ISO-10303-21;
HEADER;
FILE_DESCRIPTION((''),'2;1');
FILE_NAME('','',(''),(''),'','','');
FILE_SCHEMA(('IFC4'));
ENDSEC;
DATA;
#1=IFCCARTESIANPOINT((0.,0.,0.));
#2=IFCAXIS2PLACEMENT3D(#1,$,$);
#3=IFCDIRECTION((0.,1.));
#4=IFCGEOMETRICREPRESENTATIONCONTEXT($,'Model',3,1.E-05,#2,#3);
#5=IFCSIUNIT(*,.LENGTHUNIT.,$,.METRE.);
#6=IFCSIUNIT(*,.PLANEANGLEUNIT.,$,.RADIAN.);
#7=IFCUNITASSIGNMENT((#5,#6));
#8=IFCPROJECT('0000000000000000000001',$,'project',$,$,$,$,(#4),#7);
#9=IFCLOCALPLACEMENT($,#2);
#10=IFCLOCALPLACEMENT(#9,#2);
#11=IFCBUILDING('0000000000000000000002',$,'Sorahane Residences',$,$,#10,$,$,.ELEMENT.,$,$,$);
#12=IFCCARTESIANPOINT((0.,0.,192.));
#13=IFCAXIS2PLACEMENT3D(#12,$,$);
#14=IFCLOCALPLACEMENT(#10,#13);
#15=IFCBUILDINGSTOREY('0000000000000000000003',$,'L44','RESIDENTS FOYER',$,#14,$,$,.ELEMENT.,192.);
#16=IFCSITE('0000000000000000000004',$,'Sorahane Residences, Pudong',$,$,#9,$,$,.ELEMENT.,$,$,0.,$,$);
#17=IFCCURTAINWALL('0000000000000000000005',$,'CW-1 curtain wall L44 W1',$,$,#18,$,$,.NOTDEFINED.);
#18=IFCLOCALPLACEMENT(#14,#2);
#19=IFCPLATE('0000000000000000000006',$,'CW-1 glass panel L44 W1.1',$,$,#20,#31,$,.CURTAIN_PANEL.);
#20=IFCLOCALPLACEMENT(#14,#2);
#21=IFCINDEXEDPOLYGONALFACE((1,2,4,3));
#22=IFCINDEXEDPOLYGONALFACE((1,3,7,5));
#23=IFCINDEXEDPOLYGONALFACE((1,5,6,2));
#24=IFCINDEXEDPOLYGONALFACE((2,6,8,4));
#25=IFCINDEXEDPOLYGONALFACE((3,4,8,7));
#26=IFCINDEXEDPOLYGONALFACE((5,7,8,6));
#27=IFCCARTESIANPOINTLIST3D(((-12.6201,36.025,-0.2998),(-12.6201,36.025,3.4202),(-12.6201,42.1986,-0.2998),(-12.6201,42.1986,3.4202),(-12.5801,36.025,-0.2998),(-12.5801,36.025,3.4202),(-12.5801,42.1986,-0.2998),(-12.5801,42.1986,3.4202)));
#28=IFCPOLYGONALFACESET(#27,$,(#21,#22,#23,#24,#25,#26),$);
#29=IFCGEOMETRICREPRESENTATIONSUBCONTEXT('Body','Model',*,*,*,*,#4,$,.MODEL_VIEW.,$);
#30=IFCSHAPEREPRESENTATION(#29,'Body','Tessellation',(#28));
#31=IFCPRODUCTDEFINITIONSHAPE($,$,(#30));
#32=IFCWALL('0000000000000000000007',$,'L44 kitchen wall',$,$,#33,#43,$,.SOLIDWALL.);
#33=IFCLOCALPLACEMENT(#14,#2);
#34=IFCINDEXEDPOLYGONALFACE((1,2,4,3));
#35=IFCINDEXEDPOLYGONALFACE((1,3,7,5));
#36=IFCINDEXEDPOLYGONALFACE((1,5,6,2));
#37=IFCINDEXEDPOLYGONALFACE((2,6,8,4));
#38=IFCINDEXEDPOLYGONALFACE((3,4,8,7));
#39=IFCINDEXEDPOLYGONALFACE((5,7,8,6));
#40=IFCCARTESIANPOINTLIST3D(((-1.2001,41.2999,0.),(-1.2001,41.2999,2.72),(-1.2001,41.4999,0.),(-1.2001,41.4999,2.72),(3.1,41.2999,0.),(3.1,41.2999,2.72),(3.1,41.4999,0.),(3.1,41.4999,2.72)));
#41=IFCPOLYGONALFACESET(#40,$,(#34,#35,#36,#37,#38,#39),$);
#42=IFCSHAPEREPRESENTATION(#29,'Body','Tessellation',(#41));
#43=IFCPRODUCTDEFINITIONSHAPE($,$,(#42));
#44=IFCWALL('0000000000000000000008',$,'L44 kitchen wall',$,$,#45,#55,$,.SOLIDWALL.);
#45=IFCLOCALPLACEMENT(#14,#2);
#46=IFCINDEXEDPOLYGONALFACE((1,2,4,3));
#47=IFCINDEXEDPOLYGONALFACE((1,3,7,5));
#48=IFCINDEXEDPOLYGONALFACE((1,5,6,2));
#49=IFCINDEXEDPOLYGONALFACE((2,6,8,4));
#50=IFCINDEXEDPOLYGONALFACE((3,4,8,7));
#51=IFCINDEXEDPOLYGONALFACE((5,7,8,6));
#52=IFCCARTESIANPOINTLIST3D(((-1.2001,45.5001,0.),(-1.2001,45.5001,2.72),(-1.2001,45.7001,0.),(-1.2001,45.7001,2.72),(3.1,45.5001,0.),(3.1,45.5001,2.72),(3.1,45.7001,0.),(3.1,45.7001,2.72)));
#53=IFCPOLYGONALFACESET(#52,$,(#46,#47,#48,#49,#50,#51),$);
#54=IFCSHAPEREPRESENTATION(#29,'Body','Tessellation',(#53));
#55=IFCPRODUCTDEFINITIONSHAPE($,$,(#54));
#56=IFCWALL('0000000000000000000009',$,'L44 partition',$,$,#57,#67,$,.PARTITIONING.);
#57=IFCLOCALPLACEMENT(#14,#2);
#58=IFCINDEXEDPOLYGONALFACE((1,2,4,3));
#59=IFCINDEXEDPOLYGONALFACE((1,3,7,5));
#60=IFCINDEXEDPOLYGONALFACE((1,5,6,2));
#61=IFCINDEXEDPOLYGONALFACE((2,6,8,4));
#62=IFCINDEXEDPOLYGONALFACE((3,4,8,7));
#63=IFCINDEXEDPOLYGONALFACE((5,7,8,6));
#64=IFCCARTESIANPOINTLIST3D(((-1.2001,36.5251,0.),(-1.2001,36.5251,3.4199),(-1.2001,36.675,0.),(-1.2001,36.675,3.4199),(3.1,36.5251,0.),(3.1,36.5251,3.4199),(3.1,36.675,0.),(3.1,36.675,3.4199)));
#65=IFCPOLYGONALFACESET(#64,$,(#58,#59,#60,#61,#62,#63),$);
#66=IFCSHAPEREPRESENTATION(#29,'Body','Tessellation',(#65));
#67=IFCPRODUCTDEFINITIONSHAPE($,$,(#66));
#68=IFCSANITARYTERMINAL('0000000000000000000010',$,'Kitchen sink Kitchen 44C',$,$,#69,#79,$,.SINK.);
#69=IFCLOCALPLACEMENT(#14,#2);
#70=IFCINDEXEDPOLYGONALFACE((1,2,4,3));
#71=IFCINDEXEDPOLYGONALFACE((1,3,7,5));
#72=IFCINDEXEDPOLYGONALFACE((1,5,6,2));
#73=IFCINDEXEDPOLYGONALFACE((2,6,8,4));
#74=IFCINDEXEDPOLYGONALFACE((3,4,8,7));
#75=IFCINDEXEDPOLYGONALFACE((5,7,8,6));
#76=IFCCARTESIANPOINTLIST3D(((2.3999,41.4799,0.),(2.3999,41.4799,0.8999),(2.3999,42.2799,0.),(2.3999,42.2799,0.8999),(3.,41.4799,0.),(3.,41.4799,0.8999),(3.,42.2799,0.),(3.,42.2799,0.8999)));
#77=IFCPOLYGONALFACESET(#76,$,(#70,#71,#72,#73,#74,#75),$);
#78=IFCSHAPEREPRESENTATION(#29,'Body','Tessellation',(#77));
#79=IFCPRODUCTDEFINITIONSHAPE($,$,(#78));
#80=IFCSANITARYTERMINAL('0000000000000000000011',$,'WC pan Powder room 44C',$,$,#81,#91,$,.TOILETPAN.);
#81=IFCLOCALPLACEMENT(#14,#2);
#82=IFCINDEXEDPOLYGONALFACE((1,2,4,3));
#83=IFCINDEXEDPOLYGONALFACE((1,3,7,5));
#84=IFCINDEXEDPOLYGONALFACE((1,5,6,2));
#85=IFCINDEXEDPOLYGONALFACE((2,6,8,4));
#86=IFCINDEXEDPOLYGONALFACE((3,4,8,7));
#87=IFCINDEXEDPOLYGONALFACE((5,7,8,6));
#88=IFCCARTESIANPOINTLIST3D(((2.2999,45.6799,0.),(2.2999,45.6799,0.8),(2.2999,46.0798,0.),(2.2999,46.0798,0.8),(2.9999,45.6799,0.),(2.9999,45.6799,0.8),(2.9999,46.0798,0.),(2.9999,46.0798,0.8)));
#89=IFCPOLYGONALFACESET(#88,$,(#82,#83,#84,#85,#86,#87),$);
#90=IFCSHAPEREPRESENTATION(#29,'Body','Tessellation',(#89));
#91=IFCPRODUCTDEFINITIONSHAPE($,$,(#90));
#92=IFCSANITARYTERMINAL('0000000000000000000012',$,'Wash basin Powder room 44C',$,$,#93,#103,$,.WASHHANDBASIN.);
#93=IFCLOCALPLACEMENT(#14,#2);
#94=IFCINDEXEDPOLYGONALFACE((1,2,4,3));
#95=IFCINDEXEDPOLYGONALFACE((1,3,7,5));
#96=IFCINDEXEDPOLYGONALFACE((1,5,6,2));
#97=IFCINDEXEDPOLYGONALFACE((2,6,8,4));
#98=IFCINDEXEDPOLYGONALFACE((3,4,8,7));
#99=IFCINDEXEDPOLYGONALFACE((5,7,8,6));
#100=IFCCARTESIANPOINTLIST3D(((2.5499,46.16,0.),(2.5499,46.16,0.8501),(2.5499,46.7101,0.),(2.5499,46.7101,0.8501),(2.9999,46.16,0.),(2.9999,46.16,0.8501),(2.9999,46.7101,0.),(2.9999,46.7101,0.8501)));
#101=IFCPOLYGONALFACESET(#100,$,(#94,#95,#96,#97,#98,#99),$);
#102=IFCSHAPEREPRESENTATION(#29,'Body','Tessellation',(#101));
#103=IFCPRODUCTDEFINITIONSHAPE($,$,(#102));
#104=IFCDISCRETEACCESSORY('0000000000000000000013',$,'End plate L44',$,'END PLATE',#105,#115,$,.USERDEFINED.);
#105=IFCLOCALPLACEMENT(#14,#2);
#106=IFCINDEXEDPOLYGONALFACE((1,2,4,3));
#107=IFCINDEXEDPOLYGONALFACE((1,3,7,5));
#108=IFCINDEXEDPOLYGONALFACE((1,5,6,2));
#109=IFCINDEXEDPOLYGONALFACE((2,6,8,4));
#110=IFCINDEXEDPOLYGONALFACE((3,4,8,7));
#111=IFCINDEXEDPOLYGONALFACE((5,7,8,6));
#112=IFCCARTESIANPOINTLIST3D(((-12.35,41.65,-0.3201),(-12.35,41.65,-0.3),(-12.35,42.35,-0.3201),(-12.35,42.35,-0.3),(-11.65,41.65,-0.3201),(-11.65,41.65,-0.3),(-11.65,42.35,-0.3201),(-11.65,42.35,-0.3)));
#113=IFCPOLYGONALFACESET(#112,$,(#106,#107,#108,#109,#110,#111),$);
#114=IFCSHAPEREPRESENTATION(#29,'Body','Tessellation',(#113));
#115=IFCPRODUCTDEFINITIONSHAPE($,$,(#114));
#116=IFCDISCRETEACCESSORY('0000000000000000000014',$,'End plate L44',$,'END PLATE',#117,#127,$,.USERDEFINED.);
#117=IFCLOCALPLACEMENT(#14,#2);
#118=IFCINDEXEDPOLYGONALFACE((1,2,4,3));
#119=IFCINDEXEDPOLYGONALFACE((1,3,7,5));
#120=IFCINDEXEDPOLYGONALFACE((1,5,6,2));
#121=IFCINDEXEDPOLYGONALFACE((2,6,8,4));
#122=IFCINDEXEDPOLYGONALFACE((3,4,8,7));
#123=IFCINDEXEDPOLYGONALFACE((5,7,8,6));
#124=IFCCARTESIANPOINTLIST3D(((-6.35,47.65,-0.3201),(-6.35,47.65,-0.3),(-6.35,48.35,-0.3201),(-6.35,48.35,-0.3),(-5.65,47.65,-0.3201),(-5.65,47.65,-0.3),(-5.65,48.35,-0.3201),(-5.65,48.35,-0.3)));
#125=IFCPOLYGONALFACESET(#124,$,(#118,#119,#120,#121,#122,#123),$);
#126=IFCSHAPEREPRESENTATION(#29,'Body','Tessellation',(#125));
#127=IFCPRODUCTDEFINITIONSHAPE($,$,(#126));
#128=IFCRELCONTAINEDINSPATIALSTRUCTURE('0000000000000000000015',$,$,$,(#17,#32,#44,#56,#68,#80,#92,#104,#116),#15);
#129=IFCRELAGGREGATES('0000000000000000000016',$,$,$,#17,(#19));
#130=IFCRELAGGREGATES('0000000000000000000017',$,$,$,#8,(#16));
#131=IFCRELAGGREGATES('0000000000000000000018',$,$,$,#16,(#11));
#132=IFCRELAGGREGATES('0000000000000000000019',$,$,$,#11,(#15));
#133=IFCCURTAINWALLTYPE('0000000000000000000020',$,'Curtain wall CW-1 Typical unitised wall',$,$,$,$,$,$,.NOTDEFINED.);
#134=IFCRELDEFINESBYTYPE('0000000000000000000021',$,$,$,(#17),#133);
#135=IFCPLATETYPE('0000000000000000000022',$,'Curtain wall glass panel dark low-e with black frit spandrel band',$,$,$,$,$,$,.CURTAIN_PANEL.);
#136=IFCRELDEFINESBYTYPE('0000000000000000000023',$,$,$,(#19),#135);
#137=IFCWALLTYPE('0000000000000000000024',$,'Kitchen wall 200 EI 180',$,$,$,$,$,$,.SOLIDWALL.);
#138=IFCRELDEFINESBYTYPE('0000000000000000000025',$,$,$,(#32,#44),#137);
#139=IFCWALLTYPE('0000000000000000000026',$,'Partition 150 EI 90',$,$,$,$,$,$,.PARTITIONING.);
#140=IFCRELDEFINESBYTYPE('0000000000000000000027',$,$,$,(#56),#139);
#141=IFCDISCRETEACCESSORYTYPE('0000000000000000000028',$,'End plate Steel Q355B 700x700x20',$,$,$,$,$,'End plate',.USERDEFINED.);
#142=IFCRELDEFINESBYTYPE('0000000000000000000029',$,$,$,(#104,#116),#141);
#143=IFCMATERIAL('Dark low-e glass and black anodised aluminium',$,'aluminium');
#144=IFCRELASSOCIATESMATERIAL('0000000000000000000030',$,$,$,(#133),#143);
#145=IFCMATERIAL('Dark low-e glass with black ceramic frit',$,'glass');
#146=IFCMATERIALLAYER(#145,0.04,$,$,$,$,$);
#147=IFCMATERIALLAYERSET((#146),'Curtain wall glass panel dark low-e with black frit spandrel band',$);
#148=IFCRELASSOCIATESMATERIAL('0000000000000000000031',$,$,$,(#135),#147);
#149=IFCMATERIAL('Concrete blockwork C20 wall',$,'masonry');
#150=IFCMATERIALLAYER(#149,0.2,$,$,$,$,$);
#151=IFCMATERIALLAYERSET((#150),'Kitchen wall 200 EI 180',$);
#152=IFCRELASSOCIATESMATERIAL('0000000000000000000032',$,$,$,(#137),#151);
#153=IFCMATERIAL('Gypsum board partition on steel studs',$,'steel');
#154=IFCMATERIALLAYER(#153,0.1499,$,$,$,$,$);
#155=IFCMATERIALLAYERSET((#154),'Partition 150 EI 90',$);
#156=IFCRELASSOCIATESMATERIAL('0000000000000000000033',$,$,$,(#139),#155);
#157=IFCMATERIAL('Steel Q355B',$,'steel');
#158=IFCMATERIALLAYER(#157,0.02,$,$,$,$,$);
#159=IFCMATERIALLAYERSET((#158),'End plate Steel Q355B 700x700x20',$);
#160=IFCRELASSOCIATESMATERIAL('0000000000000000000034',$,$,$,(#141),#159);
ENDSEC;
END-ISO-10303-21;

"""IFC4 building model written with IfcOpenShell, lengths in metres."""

from ifc_helpers import new_model, si_unit, direction, frame, frame_2d, origin, origin_2d, place, context, subcontext, project, spatial, rectangle, extrude, material, layer, layer_set, type_object, element, aggregate, save


model = new_model("IFC4")

# Units and contexts
model_context = context("Model", 3, precision=1e-05, world=origin(), true_north=direction((0.0, 1.0)))
body_context = subcontext(model_context, "Body", "Model", "MODEL_VIEW")
ifc_project = project(units=[si_unit("LENGTHUNIT", "METRE"), si_unit("PLANEANGLEUNIT", "RADIAN")], contexts=[model_context])

# Site, building, storey
site_placement = place(None, origin())
site = spatial("IfcSite", under=ifc_project, at=site_placement, Name="Sorahane Residences, Pudong", CompositionType="ELEMENT", RefElevation=0.0)
building_placement = place(site_placement, origin())
building = spatial("IfcBuilding", under=site, at=building_placement, Name="Sorahane Residences", CompositionType="ELEMENT")
storey_placement = place(building_placement, frame((0.0, 0.0, 192.0)))
storey = spatial("IfcBuildingStorey", under=building, at=storey_placement, Name="L44", Description="RESIDENTS FOYER", CompositionType="ELEMENT", Elevation=192.0)

# Shared definitions
ifc_material_1 = material(Name="Dark low-e glass and black anodised aluminium", Category="aluminium")
curtain_wall_type_1 = type_object("IfcCurtainWallType", Name="Curtain wall CW-1 Typical unitised wall", PredefinedType="NOTDEFINED", material=ifc_material_1)

# Curtain wall
curtain_wall_1_placement = place(storey_placement, origin())
curtain_wall_1 = element("IfcCurtainWall", 1, at=curtain_wall_1_placement, inside=storey, type_object=curtain_wall_type_1, Name="CW-1 curtain wall L44 W1", PredefinedType="NOTDEFINED")

# Plate
ifc_material_2 = material(Name="Dark low-e glass with black ceramic frit", Category="glass")
ifc_layer_1 = layer(ifc_material_2, 0.04)
ifc_layer_set_1 = layer_set([ifc_layer_1], Name="Curtain wall glass panel dark low-e with black frit spandrel band")
plate_type = type_object("IfcPlateType", Name="Curtain wall glass panel dark low-e with black frit spandrel band", PredefinedType="CURTAIN_PANEL", material=ifc_layer_set_1)
plate_1_placement = place(storey_placement, frame((-12.6001, 39.1118, -0.2998), z_axis=(0.0, 0.0, 1.0), x_axis=(0.0, -1.0, 0.0)))
plate_1 = element("IfcPlate", 2, at=plate_1_placement, type_object=plate_type, Name="CW-1 glass panel L44 W1.1", PredefinedType="CURTAIN_PANEL", context=body_context, shape_type="SweptSolid", body=[
    extrude(rectangle(XDim=6.1736, YDim=0.04, at=origin_2d()), origin(), (0.0, 0.0, 1.0), 3.72),
])
aggregate(curtain_wall_1, [plate_1])

# Shared definitions
ifc_material_3 = material(Name="Concrete blockwork C20 wall", Category="masonry")
ifc_layer_2 = layer(ifc_material_3, 0.2)
ifc_layer_set_2 = layer_set([ifc_layer_2], Name="Kitchen wall 200 EI 180")
wall_type_1 = type_object("IfcWallType", Name="Kitchen wall 200 EI 180", PredefinedType="SOLIDWALL", material=ifc_layer_set_2)

# Walls
for number, where, z_axis, x_axis, name in (
    (3, (-1.2, 41.3999, 0.0), (0.0, 0.0, 1.0), (1.0, 0.0, 0.0), "L44 kitchen wall"),
    (4, (-1.2, 45.6001, 0.0), (0.0, 0.0, 1.0), (1.0, 0.0, 0.0), "L44 kitchen wall"),
):
    element("IfcWall", number, at=place(storey_placement, frame(where, z_axis=z_axis, x_axis=x_axis)), inside=storey, type_object=wall_type_1, Name=name, PredefinedType="SOLIDWALL", context=body_context, shape_type="SweptSolid", body=[
        extrude(rectangle(XDim=4.3, YDim=0.2, at=frame_2d((2.1499, 0.0))), origin(), (0.0, 0.0, 1.0), 2.72),
    ])
ifc_material_4 = material(Name="Gypsum board partition on steel studs", Category="steel")
ifc_layer_3 = layer(ifc_material_4, 0.1499)
ifc_layer_set_3 = layer_set([ifc_layer_3], Name="Partition 150 EI 90")
wall_type_2 = type_object("IfcWallType", Name="Partition 150 EI 90", PredefinedType="PARTITIONING", material=ifc_layer_set_3)
wall_1_placement = place(storey_placement, frame((-1.2, 36.6001, 0.0), z_axis=(0.0, 0.0, 1.0), x_axis=(1.0, 0.0, 0.0)))
element("IfcWall", 5, at=wall_1_placement, inside=storey, type_object=wall_type_2, Name="L44 partition", PredefinedType="PARTITIONING", context=body_context, shape_type="SweptSolid", body=[
    extrude(rectangle(XDim=4.3, YDim=0.1499, at=frame_2d((2.1499, 0.0))), origin(), (0.0, 0.0, 1.0), 3.4199),
])

# Sanitary terminals
sanitary_terminal_1_placement = place(storey_placement, frame((2.7, 41.8799, 0.0), z_axis=(0.0, 0.0, 1.0), x_axis=(0.0, -1.0, 0.0)))
element("IfcSanitaryTerminal", 6, at=sanitary_terminal_1_placement, inside=storey, Name="Kitchen sink Kitchen 44C", PredefinedType="SINK", context=body_context, shape_type="SweptSolid", body=[
    extrude(rectangle(XDim=0.8, YDim=0.6001, at=origin_2d()), origin(), (0.0, 0.0, 1.0), 0.8999),
])
sanitary_terminal_2_placement = place(storey_placement, frame((2.6499, 45.8799, 0.0), z_axis=(0.0, 0.0, 1.0), x_axis=(0.0, -1.0, 0.0)))
element("IfcSanitaryTerminal", 7, at=sanitary_terminal_2_placement, inside=storey, Name="WC pan Powder room 44C", PredefinedType="TOILETPAN", context=body_context, shape_type="SweptSolid", body=[
    extrude(rectangle(XDim=0.3999, YDim=0.7, at=origin_2d()), origin(), (0.0, 0.0, 1.0), 0.8),
])
sanitary_terminal_3_placement = place(storey_placement, frame((2.7749, 46.4351, 0.0), z_axis=(0.0, 0.0, 1.0), x_axis=(0.0, -1.0, 0.0)))
element("IfcSanitaryTerminal", 8, at=sanitary_terminal_3_placement, inside=storey, Name="Wash basin Powder room 44C", PredefinedType="WASHHANDBASIN", context=body_context, shape_type="SweptSolid", body=[
    extrude(rectangle(XDim=0.55, YDim=0.45, at=origin_2d()), origin(), (0.0, 0.0, 1.0), 0.8501),
])

# Discrete accessories
ifc_material_5 = material(Name="Steel Q355B", Category="steel")
ifc_layer_4 = layer(ifc_material_5, 0.02)
ifc_layer_set_4 = layer_set([ifc_layer_4], Name="End plate Steel Q355B 700x700x20")
discrete_accessory_type = type_object("IfcDiscreteAccessoryType", Name="End plate Steel Q355B 700x700x20", ElementType="End plate", PredefinedType="USERDEFINED", material=ifc_layer_set_4)
for number, where, z_axis, x_axis, name in (
    (9, (-12.0, 42.0, -0.3201), (0.0, 0.0, 1.0), (1.0, 0.0, 0.0), "End plate L44"),
    (10, (-6.0, 48.0, -0.3201), (0.0, 0.0, 1.0), (1.0, 0.0, 0.0), "End plate L44"),
):
    element("IfcDiscreteAccessory", number, at=place(storey_placement, frame(where, z_axis=z_axis, x_axis=x_axis)), inside=storey, type_object=discrete_accessory_type, Name=name, ObjectType="END PLATE", PredefinedType="USERDEFINED", context=body_context, shape_type="SweptSolid", body=[
        extrude(rectangle(XDim=0.7, YDim=0.7, at=origin_2d()), origin(), (0.0, 0.0, 1.0), 0.02),
    ])

save(model, "model.ifc")
